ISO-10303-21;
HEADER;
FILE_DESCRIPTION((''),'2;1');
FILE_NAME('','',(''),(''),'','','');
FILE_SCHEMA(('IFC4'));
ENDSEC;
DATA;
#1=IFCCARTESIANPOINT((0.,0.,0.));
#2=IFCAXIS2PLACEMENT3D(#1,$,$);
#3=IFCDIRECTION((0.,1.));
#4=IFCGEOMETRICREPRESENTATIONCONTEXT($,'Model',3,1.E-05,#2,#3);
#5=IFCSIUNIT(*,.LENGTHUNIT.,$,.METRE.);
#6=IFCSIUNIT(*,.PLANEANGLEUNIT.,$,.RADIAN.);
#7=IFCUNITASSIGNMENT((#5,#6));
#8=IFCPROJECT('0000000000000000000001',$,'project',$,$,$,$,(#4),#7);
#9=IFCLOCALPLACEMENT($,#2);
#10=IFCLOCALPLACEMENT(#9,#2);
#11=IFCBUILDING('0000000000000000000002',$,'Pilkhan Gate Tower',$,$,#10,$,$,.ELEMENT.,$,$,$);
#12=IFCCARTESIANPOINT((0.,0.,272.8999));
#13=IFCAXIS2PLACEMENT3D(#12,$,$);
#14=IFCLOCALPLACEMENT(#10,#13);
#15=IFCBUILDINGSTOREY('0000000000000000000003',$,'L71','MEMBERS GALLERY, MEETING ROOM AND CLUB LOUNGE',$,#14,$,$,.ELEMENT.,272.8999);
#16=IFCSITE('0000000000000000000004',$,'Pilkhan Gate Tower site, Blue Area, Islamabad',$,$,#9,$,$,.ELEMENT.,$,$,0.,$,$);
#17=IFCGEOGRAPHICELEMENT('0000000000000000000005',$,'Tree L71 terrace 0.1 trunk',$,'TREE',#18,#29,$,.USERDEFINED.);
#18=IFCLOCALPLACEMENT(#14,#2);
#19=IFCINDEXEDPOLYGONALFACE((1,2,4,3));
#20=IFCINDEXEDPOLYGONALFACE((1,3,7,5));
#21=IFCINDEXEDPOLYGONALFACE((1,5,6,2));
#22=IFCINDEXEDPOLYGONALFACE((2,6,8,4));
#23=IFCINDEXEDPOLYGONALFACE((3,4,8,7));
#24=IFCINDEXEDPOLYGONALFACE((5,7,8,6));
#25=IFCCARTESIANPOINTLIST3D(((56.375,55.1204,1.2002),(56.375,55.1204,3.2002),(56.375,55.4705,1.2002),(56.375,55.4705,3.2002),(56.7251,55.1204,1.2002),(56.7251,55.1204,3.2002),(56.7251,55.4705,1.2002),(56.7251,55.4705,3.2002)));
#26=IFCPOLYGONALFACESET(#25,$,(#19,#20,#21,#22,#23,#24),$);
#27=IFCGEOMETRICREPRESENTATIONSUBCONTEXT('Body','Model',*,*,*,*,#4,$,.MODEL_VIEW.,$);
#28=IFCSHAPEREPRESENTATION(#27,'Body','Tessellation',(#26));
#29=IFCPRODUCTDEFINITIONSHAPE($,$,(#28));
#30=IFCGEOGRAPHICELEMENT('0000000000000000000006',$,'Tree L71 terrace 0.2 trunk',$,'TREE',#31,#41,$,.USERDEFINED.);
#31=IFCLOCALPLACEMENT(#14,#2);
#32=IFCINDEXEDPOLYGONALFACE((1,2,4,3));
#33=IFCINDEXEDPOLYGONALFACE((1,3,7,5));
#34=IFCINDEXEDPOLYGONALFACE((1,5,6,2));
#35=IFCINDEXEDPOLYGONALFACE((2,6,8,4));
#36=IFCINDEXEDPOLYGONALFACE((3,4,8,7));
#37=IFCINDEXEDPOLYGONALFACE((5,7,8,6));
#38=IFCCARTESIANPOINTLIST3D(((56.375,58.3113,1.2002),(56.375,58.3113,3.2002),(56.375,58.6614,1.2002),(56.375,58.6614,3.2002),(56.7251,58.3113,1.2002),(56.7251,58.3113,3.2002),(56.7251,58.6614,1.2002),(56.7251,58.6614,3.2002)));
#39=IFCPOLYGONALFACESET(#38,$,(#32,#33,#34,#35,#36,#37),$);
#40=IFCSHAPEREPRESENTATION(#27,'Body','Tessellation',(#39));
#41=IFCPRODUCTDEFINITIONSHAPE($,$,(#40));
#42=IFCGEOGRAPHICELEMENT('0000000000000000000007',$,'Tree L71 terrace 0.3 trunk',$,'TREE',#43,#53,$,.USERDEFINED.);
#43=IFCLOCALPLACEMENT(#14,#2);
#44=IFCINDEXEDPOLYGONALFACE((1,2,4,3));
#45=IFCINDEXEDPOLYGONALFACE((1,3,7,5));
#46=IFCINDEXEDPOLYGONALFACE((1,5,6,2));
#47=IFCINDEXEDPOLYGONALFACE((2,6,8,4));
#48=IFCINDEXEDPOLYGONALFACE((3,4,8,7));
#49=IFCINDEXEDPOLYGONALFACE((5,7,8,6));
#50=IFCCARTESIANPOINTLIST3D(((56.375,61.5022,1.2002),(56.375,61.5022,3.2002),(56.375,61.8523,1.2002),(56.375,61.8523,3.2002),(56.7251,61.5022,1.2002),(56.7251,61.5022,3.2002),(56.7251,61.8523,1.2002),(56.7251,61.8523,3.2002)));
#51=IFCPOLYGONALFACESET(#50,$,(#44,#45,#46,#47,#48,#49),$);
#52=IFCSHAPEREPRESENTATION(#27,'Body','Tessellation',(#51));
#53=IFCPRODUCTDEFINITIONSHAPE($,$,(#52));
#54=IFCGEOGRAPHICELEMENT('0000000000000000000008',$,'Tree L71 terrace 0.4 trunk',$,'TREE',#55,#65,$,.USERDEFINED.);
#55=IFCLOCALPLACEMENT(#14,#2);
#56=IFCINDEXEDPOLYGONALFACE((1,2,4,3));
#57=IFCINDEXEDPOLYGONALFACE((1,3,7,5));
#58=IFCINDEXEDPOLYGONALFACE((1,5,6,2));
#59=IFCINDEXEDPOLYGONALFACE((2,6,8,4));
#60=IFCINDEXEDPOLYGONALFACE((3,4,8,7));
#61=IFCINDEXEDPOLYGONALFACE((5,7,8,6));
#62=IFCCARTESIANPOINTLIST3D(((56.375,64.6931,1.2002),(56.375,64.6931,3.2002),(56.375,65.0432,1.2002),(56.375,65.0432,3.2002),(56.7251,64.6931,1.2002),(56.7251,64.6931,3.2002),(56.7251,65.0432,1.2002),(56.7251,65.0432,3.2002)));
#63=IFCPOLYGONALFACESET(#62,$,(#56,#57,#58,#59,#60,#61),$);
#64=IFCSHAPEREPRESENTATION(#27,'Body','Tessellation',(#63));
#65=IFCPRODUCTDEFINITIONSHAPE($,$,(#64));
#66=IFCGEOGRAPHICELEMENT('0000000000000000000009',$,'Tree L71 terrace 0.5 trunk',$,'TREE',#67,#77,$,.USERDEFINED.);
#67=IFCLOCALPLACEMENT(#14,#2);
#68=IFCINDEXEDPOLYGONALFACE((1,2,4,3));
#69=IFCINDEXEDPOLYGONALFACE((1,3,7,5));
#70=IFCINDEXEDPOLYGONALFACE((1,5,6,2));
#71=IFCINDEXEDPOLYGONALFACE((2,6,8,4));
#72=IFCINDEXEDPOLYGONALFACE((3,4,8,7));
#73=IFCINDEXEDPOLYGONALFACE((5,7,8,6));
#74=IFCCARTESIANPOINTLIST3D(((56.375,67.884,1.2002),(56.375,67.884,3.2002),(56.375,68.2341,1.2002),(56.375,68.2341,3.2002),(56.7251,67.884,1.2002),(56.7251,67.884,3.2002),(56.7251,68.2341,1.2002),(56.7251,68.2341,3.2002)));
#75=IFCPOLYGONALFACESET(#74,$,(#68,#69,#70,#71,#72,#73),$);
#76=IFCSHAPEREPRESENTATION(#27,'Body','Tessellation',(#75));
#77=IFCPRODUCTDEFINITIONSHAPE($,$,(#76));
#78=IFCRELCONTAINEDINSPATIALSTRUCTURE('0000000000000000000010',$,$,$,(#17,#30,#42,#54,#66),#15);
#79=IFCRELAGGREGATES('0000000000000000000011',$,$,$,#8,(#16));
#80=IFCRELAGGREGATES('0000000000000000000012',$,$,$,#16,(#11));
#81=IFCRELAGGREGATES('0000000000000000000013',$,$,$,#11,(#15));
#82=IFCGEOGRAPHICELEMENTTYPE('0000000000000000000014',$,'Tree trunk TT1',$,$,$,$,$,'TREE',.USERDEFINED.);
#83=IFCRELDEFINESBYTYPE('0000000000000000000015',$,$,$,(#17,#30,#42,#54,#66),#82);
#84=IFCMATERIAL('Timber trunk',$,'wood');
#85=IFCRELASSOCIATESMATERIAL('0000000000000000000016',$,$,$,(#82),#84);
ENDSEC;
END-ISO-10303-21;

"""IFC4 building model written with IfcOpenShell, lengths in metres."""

from ifc_helpers import new_model, si_unit, direction, frame, origin, origin_2d, place, context, subcontext, project, spatial, rectangle, extrude, material, type_object, element, save


model = new_model("IFC4")

# Units and contexts
model_context = context("Model", 3, precision=1e-05, world=origin(), true_north=direction((0.0, 1.0)))
body_context = subcontext(model_context, "Body", "Model", "MODEL_VIEW")
ifc_project = project(units=[si_unit("LENGTHUNIT", "METRE"), si_unit("PLANEANGLEUNIT", "RADIAN")], contexts=[model_context])

# Site, building, storey
site_placement = place(None, origin())
site = spatial("IfcSite", under=ifc_project, at=site_placement, Name="Pilkhan Gate Tower site, Blue Area, Islamabad", CompositionType="ELEMENT", RefElevation=0.0)
building_placement = place(site_placement, origin())
building = spatial("IfcBuilding", under=site, at=building_placement, Name="Pilkhan Gate Tower", CompositionType="ELEMENT")
storey_placement = place(building_placement, frame((0.0, 0.0, 272.8999)))
storey = spatial("IfcBuildingStorey", under=building, at=storey_placement, Name="L71", Description="MEMBERS GALLERY, MEETING ROOM AND CLUB LOUNGE", CompositionType="ELEMENT", Elevation=272.8999)

# Geographic elements
ifc_material_1 = material(Name="Timber trunk", Category="wood")
geographic_element_type_1 = type_object("IfcGeographicElementType", Name="Tree trunk TT1", ElementType="TREE", PredefinedType="USERDEFINED", material=ifc_material_1)
for number, where, z_axis, x_axis, name in (
    (1, (56.55, 55.2954, 1.2002), (0.0, 0.0, 1.0), (1.0, 0.0, 0.0), "Tree L71 terrace 0.1 trunk"),
    (2, (56.55, 58.4863, 1.2002), (0.0, 0.0, 1.0), (1.0, 0.0, 0.0), "Tree L71 terrace 0.2 trunk"),
    (3, (56.55, 61.6772, 1.2002), (0.0, 0.0, 1.0), (1.0, 0.0, 0.0), "Tree L71 terrace 0.3 trunk"),
    (4, (56.55, 64.8682, 1.2002), (0.0, 0.0, 1.0), (1.0, 0.0, 0.0), "Tree L71 terrace 0.4 trunk"),
    (5, (56.55, 68.0591, 1.2002), (0.0, 0.0, 1.0), (1.0, 0.0, 0.0), "Tree L71 terrace 0.5 trunk"),
):
    element("IfcGeographicElement", number, at=place(storey_placement, frame(where, z_axis=z_axis, x_axis=x_axis)), inside=storey, type_object=geographic_element_type_1, Name=name, ObjectType="TREE", PredefinedType="USERDEFINED", context=body_context, shape_type="SweptSolid", body=[
        extrude(rectangle(XDim=0.3501, YDim=0.3501, at=origin_2d()), origin(), (0.0, 0.0, 1.0), 2.0),
    ])

save(model, "model.ifc")
